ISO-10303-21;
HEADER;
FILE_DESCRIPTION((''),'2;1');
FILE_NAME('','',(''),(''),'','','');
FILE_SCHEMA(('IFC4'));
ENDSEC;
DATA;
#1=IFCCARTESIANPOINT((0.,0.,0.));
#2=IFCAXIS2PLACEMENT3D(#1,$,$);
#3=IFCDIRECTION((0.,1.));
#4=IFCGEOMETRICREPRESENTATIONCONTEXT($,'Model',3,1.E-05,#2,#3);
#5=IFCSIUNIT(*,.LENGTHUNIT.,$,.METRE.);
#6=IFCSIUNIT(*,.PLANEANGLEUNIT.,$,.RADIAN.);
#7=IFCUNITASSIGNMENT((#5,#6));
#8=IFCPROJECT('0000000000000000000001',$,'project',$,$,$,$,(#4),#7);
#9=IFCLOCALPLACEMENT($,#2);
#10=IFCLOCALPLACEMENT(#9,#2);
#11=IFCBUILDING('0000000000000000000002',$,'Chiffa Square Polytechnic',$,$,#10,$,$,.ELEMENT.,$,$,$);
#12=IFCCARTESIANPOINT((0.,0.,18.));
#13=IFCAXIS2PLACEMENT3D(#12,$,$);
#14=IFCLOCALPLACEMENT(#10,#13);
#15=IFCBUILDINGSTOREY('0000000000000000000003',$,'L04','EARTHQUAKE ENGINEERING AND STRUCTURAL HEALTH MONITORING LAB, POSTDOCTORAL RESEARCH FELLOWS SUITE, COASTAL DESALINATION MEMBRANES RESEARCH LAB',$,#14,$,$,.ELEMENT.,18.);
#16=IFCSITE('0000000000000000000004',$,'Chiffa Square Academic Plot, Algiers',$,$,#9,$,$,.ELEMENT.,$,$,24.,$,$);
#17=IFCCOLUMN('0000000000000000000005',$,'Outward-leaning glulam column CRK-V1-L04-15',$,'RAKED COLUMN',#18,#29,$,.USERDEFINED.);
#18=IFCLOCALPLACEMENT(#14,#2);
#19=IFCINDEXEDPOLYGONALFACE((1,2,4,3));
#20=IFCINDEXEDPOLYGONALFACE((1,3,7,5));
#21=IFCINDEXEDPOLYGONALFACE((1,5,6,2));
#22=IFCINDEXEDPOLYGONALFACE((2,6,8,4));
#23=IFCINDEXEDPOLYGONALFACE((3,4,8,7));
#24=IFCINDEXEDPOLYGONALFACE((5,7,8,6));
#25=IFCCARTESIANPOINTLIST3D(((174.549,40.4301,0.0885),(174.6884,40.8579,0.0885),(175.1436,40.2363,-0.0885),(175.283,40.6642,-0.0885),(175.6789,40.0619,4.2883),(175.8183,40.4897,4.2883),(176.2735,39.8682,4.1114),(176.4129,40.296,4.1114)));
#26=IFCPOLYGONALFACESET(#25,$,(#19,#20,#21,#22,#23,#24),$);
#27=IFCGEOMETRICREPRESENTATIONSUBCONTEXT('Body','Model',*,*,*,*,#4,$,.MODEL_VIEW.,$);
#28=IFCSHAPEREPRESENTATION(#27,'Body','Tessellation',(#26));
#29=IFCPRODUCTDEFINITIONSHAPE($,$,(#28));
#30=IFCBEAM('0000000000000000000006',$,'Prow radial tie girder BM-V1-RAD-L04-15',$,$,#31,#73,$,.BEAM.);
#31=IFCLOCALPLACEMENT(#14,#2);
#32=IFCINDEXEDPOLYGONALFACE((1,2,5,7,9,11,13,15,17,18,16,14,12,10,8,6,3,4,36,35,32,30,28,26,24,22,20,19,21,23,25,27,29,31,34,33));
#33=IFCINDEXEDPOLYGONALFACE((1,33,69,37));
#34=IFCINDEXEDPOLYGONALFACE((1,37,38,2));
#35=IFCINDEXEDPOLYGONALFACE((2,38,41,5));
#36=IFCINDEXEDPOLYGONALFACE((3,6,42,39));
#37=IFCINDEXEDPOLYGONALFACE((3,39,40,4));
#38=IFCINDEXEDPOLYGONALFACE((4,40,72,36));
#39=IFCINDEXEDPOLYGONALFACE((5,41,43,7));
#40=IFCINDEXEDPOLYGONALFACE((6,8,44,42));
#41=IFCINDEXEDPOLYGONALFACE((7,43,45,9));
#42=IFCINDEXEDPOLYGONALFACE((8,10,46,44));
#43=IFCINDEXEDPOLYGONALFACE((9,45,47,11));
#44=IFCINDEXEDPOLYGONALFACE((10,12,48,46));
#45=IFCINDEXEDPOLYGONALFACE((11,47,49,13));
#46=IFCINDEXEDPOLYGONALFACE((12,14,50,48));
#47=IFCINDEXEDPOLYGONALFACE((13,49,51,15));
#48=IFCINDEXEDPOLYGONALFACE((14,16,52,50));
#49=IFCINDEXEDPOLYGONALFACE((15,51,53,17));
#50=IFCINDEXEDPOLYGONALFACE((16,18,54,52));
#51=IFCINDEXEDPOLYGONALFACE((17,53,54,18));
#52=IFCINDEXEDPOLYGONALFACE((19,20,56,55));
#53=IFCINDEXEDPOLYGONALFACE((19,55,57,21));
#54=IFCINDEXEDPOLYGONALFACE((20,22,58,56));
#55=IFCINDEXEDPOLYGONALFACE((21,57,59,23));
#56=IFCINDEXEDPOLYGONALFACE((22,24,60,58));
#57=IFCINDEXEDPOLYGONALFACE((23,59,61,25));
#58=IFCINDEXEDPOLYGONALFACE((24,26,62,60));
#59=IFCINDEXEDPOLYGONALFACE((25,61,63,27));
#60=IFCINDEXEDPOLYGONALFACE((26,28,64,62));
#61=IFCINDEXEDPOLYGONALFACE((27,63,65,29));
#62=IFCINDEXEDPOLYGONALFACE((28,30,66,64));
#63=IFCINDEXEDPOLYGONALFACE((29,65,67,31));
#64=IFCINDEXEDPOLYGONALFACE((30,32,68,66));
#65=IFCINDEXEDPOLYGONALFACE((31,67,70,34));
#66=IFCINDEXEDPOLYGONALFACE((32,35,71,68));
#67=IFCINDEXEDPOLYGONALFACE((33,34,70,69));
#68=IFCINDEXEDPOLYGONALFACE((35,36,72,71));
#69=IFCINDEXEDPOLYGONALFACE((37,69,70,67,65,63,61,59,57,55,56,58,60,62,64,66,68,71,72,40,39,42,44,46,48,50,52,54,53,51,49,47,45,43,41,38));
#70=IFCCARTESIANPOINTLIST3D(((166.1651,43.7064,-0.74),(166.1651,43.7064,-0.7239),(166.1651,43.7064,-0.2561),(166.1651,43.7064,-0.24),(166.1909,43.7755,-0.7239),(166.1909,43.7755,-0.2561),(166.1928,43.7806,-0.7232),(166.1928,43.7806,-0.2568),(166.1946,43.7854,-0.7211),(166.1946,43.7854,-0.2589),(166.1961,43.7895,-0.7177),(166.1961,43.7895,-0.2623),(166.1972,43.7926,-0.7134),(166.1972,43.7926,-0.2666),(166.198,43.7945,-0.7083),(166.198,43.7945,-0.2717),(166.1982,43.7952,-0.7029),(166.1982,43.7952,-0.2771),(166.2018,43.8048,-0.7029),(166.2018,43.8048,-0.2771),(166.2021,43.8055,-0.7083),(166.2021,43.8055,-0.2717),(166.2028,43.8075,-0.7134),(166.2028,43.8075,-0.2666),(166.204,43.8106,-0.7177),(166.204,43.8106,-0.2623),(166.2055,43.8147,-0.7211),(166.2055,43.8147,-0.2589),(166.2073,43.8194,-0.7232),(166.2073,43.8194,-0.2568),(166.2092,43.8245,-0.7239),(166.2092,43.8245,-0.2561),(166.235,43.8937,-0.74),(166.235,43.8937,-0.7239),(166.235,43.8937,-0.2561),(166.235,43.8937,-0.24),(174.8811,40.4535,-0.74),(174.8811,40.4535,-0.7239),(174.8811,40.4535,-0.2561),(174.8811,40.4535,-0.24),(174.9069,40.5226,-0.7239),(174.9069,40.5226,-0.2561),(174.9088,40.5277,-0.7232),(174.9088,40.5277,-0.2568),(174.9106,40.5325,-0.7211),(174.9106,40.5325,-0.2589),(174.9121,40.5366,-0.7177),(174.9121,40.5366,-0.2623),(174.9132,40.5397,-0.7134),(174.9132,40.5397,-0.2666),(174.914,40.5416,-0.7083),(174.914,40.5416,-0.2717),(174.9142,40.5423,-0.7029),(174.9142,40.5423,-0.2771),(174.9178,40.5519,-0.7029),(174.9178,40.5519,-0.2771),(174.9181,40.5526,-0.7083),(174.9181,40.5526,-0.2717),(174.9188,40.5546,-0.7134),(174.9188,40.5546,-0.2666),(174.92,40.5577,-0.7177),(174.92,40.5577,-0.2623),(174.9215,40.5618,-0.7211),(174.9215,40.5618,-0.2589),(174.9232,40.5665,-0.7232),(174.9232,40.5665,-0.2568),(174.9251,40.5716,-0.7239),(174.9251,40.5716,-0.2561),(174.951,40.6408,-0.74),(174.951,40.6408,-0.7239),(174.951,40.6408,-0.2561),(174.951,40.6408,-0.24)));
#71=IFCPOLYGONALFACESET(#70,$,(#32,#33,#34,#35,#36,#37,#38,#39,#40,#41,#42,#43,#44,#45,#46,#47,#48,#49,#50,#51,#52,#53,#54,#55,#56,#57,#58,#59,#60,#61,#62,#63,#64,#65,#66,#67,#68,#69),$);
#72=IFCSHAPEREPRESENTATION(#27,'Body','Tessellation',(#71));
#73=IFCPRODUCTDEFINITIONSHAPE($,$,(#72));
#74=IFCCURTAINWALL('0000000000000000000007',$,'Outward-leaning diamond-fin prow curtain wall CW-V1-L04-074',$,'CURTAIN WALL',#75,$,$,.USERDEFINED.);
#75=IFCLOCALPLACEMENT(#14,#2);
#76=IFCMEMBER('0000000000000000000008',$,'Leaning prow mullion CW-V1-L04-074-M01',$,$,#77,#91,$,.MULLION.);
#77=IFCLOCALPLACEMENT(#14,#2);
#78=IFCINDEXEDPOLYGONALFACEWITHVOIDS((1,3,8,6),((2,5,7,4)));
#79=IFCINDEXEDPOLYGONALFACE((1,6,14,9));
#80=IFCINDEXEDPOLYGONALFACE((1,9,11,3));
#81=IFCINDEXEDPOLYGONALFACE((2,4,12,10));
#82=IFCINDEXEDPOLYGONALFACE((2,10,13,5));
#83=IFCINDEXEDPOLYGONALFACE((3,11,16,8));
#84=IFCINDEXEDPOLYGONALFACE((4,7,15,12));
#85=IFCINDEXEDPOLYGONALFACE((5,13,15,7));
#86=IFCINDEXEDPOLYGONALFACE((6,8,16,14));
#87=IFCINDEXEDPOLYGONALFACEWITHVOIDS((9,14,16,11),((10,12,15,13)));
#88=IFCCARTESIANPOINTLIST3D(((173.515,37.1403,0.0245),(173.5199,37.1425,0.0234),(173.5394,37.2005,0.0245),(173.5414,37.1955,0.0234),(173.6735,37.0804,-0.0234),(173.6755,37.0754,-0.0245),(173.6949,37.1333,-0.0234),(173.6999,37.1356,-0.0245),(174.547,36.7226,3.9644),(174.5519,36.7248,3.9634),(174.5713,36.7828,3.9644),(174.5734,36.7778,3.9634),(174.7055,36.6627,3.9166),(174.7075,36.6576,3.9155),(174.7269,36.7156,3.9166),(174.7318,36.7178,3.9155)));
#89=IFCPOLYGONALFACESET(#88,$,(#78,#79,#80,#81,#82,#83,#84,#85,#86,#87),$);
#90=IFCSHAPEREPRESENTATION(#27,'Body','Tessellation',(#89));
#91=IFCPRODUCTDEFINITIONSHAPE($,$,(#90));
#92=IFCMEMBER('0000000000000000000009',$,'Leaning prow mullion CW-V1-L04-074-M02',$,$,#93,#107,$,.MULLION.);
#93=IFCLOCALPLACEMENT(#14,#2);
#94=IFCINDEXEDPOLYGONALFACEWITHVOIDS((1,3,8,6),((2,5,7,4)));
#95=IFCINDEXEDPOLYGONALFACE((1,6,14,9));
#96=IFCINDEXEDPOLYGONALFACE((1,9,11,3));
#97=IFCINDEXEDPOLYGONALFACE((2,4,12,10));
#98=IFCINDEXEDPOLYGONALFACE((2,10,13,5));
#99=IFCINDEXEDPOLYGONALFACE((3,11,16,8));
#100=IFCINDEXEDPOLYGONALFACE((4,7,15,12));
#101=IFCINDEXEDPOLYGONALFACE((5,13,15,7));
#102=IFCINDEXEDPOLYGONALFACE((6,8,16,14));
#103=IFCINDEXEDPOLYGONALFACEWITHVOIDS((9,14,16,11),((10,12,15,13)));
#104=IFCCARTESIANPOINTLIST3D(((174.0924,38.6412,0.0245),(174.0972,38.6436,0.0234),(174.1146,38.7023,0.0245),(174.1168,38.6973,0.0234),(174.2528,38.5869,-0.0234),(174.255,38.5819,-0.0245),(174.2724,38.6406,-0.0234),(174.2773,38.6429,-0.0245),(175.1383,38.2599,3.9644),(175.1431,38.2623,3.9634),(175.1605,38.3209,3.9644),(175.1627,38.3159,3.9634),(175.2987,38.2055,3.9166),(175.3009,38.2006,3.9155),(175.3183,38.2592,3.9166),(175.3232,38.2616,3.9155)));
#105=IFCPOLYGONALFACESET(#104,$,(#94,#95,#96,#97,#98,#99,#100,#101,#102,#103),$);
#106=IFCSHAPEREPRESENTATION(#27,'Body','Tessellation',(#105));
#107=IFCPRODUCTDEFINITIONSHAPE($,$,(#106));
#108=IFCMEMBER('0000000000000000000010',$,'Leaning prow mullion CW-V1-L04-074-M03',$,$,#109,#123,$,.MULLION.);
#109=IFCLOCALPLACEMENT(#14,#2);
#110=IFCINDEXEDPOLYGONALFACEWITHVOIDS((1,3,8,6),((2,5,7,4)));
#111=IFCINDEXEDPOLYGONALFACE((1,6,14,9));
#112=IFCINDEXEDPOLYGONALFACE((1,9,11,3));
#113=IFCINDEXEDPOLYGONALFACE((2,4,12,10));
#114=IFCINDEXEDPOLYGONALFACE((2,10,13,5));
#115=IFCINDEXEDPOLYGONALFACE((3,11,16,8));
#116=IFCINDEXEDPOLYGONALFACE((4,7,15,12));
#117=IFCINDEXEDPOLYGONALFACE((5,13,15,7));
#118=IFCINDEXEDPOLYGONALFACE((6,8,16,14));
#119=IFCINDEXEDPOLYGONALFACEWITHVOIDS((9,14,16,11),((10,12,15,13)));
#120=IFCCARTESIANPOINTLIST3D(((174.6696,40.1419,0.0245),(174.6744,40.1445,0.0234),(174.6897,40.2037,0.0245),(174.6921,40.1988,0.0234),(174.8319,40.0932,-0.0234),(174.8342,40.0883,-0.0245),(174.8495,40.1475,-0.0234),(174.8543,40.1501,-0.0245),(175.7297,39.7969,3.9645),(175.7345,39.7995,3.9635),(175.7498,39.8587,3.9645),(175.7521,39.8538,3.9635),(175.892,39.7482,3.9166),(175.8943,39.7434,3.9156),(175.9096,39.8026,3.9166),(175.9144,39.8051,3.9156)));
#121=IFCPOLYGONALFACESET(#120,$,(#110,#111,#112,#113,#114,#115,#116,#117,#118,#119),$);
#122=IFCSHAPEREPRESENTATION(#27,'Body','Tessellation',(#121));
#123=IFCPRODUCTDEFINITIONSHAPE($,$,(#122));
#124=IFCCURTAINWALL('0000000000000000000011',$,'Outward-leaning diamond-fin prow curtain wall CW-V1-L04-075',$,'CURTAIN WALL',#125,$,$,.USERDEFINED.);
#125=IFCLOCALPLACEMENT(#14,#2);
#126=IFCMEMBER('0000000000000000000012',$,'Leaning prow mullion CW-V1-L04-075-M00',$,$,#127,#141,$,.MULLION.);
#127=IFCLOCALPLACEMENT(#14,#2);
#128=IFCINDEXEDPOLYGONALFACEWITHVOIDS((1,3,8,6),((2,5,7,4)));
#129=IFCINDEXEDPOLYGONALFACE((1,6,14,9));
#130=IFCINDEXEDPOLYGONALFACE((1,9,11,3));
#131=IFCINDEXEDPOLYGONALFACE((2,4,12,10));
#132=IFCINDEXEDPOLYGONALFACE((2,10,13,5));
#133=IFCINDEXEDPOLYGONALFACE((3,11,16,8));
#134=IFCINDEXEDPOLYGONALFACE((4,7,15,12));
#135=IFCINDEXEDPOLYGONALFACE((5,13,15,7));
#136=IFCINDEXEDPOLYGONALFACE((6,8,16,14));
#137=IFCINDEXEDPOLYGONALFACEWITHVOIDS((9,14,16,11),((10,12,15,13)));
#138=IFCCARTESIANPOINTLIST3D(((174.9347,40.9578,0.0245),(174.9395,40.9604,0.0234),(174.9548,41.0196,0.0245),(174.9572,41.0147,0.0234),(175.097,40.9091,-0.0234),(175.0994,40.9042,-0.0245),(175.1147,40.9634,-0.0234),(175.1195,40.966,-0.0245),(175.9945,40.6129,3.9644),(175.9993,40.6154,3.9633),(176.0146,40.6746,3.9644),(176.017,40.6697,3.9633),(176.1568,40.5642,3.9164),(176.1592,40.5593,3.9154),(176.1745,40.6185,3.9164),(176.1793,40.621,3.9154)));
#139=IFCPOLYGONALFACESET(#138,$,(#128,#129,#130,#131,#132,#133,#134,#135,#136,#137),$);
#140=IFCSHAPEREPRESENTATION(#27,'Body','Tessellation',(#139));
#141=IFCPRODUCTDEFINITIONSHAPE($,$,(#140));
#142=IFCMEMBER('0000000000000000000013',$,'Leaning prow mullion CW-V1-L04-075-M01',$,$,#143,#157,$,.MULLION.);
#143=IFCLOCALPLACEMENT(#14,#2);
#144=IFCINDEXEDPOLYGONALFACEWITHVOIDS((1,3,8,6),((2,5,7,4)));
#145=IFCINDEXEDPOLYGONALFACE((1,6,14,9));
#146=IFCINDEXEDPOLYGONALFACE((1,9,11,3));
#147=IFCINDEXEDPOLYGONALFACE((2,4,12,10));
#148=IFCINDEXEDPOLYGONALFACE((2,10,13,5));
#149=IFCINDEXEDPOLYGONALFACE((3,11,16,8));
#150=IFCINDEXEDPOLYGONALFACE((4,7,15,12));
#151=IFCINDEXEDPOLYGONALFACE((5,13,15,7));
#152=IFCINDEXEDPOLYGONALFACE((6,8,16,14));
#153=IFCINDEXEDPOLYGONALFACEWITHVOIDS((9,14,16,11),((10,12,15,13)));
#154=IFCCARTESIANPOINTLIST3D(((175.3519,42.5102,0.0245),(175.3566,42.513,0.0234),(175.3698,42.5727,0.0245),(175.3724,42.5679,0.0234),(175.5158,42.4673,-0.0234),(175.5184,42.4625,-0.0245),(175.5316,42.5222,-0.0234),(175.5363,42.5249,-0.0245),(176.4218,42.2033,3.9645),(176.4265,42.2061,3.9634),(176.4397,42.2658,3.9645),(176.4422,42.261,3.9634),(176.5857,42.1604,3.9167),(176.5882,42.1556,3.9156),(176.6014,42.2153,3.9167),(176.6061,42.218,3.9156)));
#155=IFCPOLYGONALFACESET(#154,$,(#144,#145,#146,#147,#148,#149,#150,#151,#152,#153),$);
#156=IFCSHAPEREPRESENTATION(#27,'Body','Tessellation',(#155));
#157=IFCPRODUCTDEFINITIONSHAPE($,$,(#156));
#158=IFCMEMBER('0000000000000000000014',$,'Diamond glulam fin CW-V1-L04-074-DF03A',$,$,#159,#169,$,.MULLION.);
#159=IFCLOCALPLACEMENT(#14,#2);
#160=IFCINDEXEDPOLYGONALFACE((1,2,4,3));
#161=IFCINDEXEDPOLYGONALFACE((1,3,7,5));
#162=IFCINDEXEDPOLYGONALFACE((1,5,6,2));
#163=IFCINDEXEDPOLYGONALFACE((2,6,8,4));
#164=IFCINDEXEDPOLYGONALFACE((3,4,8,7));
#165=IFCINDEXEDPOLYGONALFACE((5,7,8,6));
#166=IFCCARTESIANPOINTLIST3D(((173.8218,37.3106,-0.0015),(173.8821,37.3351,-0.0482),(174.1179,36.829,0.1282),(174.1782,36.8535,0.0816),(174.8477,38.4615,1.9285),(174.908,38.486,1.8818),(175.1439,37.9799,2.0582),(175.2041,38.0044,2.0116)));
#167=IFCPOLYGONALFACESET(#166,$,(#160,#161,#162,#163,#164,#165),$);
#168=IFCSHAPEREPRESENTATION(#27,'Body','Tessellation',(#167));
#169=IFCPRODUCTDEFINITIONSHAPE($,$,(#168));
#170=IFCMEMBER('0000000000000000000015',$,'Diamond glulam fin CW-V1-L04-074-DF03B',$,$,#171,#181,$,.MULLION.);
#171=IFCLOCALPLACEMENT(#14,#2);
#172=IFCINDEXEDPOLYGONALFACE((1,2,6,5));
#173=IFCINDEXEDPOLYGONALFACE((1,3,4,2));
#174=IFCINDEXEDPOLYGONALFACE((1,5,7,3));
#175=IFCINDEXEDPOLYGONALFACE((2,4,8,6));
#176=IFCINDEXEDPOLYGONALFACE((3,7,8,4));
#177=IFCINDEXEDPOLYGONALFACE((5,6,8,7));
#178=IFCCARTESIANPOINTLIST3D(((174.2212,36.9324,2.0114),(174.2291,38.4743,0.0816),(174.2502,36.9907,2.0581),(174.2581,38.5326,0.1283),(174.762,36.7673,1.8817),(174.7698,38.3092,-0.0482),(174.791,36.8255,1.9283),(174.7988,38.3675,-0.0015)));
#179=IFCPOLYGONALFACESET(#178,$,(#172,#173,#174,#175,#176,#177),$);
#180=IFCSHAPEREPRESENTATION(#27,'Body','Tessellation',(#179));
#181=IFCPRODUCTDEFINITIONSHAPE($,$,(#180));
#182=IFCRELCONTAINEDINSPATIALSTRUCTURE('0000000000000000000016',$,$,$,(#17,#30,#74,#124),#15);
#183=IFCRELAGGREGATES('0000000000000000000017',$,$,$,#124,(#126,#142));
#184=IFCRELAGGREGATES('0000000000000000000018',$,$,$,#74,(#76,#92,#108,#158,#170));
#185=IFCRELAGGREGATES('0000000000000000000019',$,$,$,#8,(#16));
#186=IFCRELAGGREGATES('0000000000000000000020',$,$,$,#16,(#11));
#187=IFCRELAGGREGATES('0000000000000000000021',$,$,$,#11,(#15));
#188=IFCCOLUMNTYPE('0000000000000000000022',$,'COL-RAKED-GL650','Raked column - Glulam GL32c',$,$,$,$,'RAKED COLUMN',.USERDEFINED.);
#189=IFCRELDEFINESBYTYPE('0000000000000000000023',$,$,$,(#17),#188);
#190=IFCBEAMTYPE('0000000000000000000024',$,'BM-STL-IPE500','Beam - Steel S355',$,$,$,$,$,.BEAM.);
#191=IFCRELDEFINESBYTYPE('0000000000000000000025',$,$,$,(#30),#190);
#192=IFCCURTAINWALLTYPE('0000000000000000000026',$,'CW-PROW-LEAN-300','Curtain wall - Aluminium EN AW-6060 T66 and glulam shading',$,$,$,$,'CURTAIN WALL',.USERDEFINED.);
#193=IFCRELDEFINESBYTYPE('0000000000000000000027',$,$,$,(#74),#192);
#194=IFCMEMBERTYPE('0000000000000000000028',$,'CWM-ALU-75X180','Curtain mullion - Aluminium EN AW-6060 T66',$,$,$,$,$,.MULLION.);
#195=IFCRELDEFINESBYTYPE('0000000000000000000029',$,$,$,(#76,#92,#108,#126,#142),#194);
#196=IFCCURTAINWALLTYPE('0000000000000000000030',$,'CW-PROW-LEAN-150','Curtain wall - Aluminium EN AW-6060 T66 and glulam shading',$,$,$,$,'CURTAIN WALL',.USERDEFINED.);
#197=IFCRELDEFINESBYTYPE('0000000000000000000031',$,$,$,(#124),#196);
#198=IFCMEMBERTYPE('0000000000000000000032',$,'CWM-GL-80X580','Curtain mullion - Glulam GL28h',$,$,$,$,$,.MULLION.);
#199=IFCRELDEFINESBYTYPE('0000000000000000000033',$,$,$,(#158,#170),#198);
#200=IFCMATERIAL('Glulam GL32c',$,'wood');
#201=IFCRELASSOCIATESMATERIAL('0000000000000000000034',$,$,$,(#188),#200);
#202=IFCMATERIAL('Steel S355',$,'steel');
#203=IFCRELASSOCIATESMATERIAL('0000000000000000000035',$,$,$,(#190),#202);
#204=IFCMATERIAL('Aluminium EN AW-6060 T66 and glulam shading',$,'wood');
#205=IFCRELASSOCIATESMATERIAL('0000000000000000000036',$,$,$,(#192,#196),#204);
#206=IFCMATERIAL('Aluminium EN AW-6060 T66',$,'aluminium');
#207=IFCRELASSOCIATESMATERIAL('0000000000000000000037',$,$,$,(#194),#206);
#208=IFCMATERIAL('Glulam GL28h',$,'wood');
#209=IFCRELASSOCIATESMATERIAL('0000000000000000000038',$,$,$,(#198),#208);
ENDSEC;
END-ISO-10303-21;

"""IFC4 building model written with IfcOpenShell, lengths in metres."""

from ifc_helpers import new_model, si_unit, direction, frame, origin, origin_2d, place, context, subcontext, project, spatial, rectangle, hollow_rectangle, i_section, extrude, material, material_profile, profile_set, type_object, element, aggregate, save


model = new_model("IFC4")

# Units and contexts
model_context = context("Model", 3, precision=1e-05, world=origin(), true_north=direction((0.0, 1.0)))
body_context = subcontext(model_context, "Body", "Model", "MODEL_VIEW")
ifc_project = project(units=[si_unit("LENGTHUNIT", "METRE"), si_unit("PLANEANGLEUNIT", "RADIAN")], contexts=[model_context])

# Site, building, storey
site_placement = place(None, origin())
site = spatial("IfcSite", under=ifc_project, at=site_placement, Name="Chiffa Square Academic Plot, Algiers", CompositionType="ELEMENT", RefElevation=24.0)
building_placement = place(site_placement, origin())
building = spatial("IfcBuilding", under=site, at=building_placement, Name="Chiffa Square Polytechnic", CompositionType="ELEMENT")
storey_placement = place(building_placement, frame((0.0, 0.0, 18.0)))
storey = spatial("IfcBuildingStorey", under=building, at=storey_placement, Name="L04", Description="EARTHQUAKE ENGINEERING AND STRUCTURAL HEALTH MONITORING LAB, POSTDOCTORAL RESEARCH FELLOWS SUITE, COASTAL DESALINATION MEMBRANES RESEARCH LAB", CompositionType="ELEMENT", Elevation=18.0)

# Column
ifc_material_1 = material(Name="Glulam GL32c", Category="wood")
ifc_material_profile_1 = material_profile(ifc_material_1, rectangle(XDim=0.45, YDim=0.6499, at=origin_2d()), Name="GL32c 450x650")
ifc_profile_set_1 = profile_set([ifc_material_profile_1], Name="Glulam GL32c")
column_type = type_object("IfcColumnType", Name="COL-RAKED-GL650", Description="Raked column - Glulam GL32c", ElementType="RAKED COLUMN", PredefinedType="USERDEFINED", material=ifc_profile_set_1)
column_placement = place(storey_placement, frame((174.916, 40.5471, 0.0), z_axis=(0.25886, -0.084348, 0.962225), x_axis=(0.309811, 0.950798, 0.0)))
element("IfcColumn", 1, at=column_placement, inside=storey, type_object=column_type, Name="Outward-leaning glulam column CRK-V1-L04-15", ObjectType="RAKED COLUMN", PredefinedType="USERDEFINED", context=body_context, shape_type="SweptSolid", body=[
    extrude(rectangle(XDim=0.45, YDim=0.6499, at=origin_2d()), origin(), (0.0, 0.0, 1.0), 4.3647),
])

# Beam
ifc_material_2 = material(Name="Steel S355", Category="steel")
ifc_material_profile_2 = material_profile(ifc_material_2, i_section(OverallWidth=0.2, OverallDepth=0.5, WebThickness=0.0103, FlangeThickness=0.0161, FilletRadius=0.021, at=origin_2d()), Name="IPE 500")
ifc_profile_set_2 = profile_set([ifc_material_profile_2], Name="Steel S355")
beam_type_1 = type_object("IfcBeamType", Name="BM-STL-IPE500", Description="Beam - Steel S355", PredefinedType="BEAM", material=ifc_profile_set_2)
beam_1_placement = place(storey_placement, frame((174.916, 40.5471, -0.49), z_axis=(-0.936879, 0.349653, 0.0), x_axis=(-0.349653, -0.936879, 0.0)))
element("IfcBeam", 2, at=beam_1_placement, inside=storey, type_object=beam_type_1, Name="Prow radial tie girder BM-V1-RAD-L04-15", PredefinedType="BEAM", context=body_context, shape_type="SweptSolid", body=[
    extrude(i_section(OverallWidth=0.2, OverallDepth=0.5, WebThickness=0.0103, FlangeThickness=0.0161, FilletRadius=0.021, at=origin_2d()), origin(), (0.0, 0.0, 1.0), 9.3032),
])

# Curtain walls, members
ifc_material_3 = material(Name="Aluminium EN AW-6060 T66 and glulam shading", Category="wood")
curtain_wall_type_1 = type_object("IfcCurtainWallType", Name="CW-PROW-LEAN-300", Description="Curtain wall - Aluminium EN AW-6060 T66 and glulam shading", ElementType="CURTAIN WALL", PredefinedType="USERDEFINED", material=ifc_material_3)
curtain_wall_1_placement = place(storey_placement, origin())
curtain_wall_1 = element("IfcCurtainWall", 3, at=curtain_wall_1_placement, inside=storey, type_object=curtain_wall_type_1, Name="Outward-leaning diamond-fin prow curtain wall CW-V1-L04-074", ObjectType="CURTAIN WALL", PredefinedType="USERDEFINED")
ifc_material_4 = material(Name="Aluminium EN AW-6060 T66", Category="aluminium")
ifc_material_profile_3 = material_profile(ifc_material_4, hollow_rectangle(XDim=0.0649, YDim=0.1799, WallThickness=0.0039, at=origin_2d()), Name="ALU 65x180x4")
ifc_profile_set_3 = profile_set([ifc_material_profile_3], Name="Aluminium EN AW-6060 T66")
member_type_1 = type_object("IfcMemberType", Name="CWM-ALU-75X180", Description="Curtain mullion - Aluminium EN AW-6060 T66", PredefinedType="MULLION", material=ifc_profile_set_3)
member_1_placement = place(storey_placement, frame((173.6074, 37.1379, 0.0), z_axis=(0.252059, -0.102028, 0.962318), x_axis=(0.375206, 0.926941, 0.0)))
member_1 = element("IfcMember", 4, at=member_1_placement, type_object=member_type_1, Name="Leaning prow mullion CW-V1-L04-074-M01", PredefinedType="MULLION", context=body_context, shape_type="SweptSolid", body=[
    extrude(hollow_rectangle(XDim=0.0649, YDim=0.1799, WallThickness=0.0039, at=origin_2d()), origin(), (0.0, 0.0, 1.0), 4.0942),
])
member_2_placement = place(storey_placement, frame((174.1848, 38.6421, 0.0), z_axis=(0.255459, -0.093143, 0.962323), x_axis=(0.342553, 0.939499, 0.0)))
member_2 = element("IfcMember", 5, at=member_2_placement, type_object=member_type_1, Name="Leaning prow mullion CW-V1-L04-074-M02", PredefinedType="MULLION", context=body_context, shape_type="SweptSolid", body=[
    extrude(hollow_rectangle(XDim=0.0649, YDim=0.1799, WallThickness=0.0039, at=origin_2d()), origin(), (0.0, 0.0, 1.0), 4.0942),
])
member_3_placement = place(storey_placement, frame((174.762, 40.146, 0.0), z_axis=(0.258891, -0.08425, 0.962225), x_axis=(0.309453, 0.950915, 0.0)))
member_3 = element("IfcMember", 6, at=member_3_placement, type_object=member_type_1, Name="Leaning prow mullion CW-V1-L04-074-M03", PredefinedType="MULLION", context=body_context, shape_type="SweptSolid", body=[
    extrude(hollow_rectangle(XDim=0.0649, YDim=0.1799, WallThickness=0.0039, at=origin_2d()), origin(), (0.0, 0.0, 1.0), 4.0947),
])
curtain_wall_type_2 = type_object("IfcCurtainWallType", Name="CW-PROW-LEAN-150", Description="Curtain wall - Aluminium EN AW-6060 T66 and glulam shading", ElementType="CURTAIN WALL", PredefinedType="USERDEFINED", material=ifc_material_3)
curtain_wall_2_placement = place(storey_placement, origin())
curtain_wall_2 = element("IfcCurtainWall", 7, at=curtain_wall_2_placement, inside=storey, type_object=curtain_wall_type_2, Name="Outward-leaning diamond-fin prow curtain wall CW-V1-L04-075", ObjectType="CURTAIN WALL", PredefinedType="USERDEFINED")
member_4_placement = place(storey_placement, frame((175.0271, 40.9619, 0.0), z_axis=(0.258835, -0.084251, 0.96224), x_axis=(0.309517, 0.950894, 0.0)))
member_4 = element("IfcMember", 8, at=member_4_placement, type_object=member_type_1, Name="Leaning prow mullion CW-V1-L04-075-M00", PredefinedType="MULLION", context=body_context, shape_type="SweptSolid", body=[
    extrude(hollow_rectangle(XDim=0.0649, YDim=0.1799, WallThickness=0.0039, at=origin_2d()), origin(), (0.0, 0.0, 1.0), 4.0945),
])
member_5_placement = place(storey_placement, frame((175.4441, 42.5176, 0.0), z_axis=(0.261307, -0.074957, 0.962341), x_axis=(0.275735, 0.961234, 0.0)))
member_5 = element("IfcMember", 9, at=member_5_placement, type_object=member_type_1, Name="Leaning prow mullion CW-V1-L04-075-M01", PredefinedType="MULLION", context=body_context, shape_type="SweptSolid", body=[
    extrude(hollow_rectangle(XDim=0.0649, YDim=0.1799, WallThickness=0.0039, at=origin_2d()), origin(), (0.0, 0.0, 1.0), 4.0942),
])

# Members
ifc_material_5 = material(Name="Glulam GL28h", Category="wood")
ifc_material_profile_4 = material_profile(ifc_material_5, rectangle(XDim=0.0801, YDim=0.5801, at=origin_2d()), Name="GL28h 80x580")
ifc_profile_set_4 = profile_set([ifc_material_profile_4], Name="Glulam GL28h")
member_type_2 = type_object("IfcMemberType", Name="CWM-GL-80X580", Description="Curtain mullion - Glulam GL28h", PredefinedType="MULLION", material=ifc_profile_set_4)
member_6_placement = place(storey_placement, frame((174.0, 37.082, 0.04), z_axis=(0.415312, 0.465917, 0.781305), x_axis=(-0.752869, -0.306033, 0.582694)))
member_6 = element("IfcMember", 10, at=member_6_placement, type_object=member_type_2, Name="Diamond glulam fin CW-V1-L04-074-DF03A", PredefinedType="MULLION", context=body_context, shape_type="SweptSolid", body=[
    extrude(rectangle(XDim=0.0801, YDim=0.5801, at=origin_2d()), origin(), (0.0, 0.0, 1.0), 2.4702),
])
member_7_placement = place(storey_placement, frame((174.5139, 38.4209, 0.04), z_axis=(-0.003163, -0.62421, 0.78125), x_axis=(0.362059, 0.727535, 0.582757)))
member_7 = element("IfcMember", 11, at=member_7_placement, type_object=member_type_2, Name="Diamond glulam fin CW-V1-L04-074-DF03B", PredefinedType="MULLION", context=body_context, shape_type="SweptSolid", body=[
    extrude(rectangle(XDim=0.0801, YDim=0.5801, at=origin_2d()), origin(), (0.0, 0.0, 1.0), 2.4702),
])

aggregate(curtain_wall_2, [member_4, member_5])
aggregate(curtain_wall_1, [member_1, member_2, member_3, member_6, member_7])

save(model, "model.ifc")
